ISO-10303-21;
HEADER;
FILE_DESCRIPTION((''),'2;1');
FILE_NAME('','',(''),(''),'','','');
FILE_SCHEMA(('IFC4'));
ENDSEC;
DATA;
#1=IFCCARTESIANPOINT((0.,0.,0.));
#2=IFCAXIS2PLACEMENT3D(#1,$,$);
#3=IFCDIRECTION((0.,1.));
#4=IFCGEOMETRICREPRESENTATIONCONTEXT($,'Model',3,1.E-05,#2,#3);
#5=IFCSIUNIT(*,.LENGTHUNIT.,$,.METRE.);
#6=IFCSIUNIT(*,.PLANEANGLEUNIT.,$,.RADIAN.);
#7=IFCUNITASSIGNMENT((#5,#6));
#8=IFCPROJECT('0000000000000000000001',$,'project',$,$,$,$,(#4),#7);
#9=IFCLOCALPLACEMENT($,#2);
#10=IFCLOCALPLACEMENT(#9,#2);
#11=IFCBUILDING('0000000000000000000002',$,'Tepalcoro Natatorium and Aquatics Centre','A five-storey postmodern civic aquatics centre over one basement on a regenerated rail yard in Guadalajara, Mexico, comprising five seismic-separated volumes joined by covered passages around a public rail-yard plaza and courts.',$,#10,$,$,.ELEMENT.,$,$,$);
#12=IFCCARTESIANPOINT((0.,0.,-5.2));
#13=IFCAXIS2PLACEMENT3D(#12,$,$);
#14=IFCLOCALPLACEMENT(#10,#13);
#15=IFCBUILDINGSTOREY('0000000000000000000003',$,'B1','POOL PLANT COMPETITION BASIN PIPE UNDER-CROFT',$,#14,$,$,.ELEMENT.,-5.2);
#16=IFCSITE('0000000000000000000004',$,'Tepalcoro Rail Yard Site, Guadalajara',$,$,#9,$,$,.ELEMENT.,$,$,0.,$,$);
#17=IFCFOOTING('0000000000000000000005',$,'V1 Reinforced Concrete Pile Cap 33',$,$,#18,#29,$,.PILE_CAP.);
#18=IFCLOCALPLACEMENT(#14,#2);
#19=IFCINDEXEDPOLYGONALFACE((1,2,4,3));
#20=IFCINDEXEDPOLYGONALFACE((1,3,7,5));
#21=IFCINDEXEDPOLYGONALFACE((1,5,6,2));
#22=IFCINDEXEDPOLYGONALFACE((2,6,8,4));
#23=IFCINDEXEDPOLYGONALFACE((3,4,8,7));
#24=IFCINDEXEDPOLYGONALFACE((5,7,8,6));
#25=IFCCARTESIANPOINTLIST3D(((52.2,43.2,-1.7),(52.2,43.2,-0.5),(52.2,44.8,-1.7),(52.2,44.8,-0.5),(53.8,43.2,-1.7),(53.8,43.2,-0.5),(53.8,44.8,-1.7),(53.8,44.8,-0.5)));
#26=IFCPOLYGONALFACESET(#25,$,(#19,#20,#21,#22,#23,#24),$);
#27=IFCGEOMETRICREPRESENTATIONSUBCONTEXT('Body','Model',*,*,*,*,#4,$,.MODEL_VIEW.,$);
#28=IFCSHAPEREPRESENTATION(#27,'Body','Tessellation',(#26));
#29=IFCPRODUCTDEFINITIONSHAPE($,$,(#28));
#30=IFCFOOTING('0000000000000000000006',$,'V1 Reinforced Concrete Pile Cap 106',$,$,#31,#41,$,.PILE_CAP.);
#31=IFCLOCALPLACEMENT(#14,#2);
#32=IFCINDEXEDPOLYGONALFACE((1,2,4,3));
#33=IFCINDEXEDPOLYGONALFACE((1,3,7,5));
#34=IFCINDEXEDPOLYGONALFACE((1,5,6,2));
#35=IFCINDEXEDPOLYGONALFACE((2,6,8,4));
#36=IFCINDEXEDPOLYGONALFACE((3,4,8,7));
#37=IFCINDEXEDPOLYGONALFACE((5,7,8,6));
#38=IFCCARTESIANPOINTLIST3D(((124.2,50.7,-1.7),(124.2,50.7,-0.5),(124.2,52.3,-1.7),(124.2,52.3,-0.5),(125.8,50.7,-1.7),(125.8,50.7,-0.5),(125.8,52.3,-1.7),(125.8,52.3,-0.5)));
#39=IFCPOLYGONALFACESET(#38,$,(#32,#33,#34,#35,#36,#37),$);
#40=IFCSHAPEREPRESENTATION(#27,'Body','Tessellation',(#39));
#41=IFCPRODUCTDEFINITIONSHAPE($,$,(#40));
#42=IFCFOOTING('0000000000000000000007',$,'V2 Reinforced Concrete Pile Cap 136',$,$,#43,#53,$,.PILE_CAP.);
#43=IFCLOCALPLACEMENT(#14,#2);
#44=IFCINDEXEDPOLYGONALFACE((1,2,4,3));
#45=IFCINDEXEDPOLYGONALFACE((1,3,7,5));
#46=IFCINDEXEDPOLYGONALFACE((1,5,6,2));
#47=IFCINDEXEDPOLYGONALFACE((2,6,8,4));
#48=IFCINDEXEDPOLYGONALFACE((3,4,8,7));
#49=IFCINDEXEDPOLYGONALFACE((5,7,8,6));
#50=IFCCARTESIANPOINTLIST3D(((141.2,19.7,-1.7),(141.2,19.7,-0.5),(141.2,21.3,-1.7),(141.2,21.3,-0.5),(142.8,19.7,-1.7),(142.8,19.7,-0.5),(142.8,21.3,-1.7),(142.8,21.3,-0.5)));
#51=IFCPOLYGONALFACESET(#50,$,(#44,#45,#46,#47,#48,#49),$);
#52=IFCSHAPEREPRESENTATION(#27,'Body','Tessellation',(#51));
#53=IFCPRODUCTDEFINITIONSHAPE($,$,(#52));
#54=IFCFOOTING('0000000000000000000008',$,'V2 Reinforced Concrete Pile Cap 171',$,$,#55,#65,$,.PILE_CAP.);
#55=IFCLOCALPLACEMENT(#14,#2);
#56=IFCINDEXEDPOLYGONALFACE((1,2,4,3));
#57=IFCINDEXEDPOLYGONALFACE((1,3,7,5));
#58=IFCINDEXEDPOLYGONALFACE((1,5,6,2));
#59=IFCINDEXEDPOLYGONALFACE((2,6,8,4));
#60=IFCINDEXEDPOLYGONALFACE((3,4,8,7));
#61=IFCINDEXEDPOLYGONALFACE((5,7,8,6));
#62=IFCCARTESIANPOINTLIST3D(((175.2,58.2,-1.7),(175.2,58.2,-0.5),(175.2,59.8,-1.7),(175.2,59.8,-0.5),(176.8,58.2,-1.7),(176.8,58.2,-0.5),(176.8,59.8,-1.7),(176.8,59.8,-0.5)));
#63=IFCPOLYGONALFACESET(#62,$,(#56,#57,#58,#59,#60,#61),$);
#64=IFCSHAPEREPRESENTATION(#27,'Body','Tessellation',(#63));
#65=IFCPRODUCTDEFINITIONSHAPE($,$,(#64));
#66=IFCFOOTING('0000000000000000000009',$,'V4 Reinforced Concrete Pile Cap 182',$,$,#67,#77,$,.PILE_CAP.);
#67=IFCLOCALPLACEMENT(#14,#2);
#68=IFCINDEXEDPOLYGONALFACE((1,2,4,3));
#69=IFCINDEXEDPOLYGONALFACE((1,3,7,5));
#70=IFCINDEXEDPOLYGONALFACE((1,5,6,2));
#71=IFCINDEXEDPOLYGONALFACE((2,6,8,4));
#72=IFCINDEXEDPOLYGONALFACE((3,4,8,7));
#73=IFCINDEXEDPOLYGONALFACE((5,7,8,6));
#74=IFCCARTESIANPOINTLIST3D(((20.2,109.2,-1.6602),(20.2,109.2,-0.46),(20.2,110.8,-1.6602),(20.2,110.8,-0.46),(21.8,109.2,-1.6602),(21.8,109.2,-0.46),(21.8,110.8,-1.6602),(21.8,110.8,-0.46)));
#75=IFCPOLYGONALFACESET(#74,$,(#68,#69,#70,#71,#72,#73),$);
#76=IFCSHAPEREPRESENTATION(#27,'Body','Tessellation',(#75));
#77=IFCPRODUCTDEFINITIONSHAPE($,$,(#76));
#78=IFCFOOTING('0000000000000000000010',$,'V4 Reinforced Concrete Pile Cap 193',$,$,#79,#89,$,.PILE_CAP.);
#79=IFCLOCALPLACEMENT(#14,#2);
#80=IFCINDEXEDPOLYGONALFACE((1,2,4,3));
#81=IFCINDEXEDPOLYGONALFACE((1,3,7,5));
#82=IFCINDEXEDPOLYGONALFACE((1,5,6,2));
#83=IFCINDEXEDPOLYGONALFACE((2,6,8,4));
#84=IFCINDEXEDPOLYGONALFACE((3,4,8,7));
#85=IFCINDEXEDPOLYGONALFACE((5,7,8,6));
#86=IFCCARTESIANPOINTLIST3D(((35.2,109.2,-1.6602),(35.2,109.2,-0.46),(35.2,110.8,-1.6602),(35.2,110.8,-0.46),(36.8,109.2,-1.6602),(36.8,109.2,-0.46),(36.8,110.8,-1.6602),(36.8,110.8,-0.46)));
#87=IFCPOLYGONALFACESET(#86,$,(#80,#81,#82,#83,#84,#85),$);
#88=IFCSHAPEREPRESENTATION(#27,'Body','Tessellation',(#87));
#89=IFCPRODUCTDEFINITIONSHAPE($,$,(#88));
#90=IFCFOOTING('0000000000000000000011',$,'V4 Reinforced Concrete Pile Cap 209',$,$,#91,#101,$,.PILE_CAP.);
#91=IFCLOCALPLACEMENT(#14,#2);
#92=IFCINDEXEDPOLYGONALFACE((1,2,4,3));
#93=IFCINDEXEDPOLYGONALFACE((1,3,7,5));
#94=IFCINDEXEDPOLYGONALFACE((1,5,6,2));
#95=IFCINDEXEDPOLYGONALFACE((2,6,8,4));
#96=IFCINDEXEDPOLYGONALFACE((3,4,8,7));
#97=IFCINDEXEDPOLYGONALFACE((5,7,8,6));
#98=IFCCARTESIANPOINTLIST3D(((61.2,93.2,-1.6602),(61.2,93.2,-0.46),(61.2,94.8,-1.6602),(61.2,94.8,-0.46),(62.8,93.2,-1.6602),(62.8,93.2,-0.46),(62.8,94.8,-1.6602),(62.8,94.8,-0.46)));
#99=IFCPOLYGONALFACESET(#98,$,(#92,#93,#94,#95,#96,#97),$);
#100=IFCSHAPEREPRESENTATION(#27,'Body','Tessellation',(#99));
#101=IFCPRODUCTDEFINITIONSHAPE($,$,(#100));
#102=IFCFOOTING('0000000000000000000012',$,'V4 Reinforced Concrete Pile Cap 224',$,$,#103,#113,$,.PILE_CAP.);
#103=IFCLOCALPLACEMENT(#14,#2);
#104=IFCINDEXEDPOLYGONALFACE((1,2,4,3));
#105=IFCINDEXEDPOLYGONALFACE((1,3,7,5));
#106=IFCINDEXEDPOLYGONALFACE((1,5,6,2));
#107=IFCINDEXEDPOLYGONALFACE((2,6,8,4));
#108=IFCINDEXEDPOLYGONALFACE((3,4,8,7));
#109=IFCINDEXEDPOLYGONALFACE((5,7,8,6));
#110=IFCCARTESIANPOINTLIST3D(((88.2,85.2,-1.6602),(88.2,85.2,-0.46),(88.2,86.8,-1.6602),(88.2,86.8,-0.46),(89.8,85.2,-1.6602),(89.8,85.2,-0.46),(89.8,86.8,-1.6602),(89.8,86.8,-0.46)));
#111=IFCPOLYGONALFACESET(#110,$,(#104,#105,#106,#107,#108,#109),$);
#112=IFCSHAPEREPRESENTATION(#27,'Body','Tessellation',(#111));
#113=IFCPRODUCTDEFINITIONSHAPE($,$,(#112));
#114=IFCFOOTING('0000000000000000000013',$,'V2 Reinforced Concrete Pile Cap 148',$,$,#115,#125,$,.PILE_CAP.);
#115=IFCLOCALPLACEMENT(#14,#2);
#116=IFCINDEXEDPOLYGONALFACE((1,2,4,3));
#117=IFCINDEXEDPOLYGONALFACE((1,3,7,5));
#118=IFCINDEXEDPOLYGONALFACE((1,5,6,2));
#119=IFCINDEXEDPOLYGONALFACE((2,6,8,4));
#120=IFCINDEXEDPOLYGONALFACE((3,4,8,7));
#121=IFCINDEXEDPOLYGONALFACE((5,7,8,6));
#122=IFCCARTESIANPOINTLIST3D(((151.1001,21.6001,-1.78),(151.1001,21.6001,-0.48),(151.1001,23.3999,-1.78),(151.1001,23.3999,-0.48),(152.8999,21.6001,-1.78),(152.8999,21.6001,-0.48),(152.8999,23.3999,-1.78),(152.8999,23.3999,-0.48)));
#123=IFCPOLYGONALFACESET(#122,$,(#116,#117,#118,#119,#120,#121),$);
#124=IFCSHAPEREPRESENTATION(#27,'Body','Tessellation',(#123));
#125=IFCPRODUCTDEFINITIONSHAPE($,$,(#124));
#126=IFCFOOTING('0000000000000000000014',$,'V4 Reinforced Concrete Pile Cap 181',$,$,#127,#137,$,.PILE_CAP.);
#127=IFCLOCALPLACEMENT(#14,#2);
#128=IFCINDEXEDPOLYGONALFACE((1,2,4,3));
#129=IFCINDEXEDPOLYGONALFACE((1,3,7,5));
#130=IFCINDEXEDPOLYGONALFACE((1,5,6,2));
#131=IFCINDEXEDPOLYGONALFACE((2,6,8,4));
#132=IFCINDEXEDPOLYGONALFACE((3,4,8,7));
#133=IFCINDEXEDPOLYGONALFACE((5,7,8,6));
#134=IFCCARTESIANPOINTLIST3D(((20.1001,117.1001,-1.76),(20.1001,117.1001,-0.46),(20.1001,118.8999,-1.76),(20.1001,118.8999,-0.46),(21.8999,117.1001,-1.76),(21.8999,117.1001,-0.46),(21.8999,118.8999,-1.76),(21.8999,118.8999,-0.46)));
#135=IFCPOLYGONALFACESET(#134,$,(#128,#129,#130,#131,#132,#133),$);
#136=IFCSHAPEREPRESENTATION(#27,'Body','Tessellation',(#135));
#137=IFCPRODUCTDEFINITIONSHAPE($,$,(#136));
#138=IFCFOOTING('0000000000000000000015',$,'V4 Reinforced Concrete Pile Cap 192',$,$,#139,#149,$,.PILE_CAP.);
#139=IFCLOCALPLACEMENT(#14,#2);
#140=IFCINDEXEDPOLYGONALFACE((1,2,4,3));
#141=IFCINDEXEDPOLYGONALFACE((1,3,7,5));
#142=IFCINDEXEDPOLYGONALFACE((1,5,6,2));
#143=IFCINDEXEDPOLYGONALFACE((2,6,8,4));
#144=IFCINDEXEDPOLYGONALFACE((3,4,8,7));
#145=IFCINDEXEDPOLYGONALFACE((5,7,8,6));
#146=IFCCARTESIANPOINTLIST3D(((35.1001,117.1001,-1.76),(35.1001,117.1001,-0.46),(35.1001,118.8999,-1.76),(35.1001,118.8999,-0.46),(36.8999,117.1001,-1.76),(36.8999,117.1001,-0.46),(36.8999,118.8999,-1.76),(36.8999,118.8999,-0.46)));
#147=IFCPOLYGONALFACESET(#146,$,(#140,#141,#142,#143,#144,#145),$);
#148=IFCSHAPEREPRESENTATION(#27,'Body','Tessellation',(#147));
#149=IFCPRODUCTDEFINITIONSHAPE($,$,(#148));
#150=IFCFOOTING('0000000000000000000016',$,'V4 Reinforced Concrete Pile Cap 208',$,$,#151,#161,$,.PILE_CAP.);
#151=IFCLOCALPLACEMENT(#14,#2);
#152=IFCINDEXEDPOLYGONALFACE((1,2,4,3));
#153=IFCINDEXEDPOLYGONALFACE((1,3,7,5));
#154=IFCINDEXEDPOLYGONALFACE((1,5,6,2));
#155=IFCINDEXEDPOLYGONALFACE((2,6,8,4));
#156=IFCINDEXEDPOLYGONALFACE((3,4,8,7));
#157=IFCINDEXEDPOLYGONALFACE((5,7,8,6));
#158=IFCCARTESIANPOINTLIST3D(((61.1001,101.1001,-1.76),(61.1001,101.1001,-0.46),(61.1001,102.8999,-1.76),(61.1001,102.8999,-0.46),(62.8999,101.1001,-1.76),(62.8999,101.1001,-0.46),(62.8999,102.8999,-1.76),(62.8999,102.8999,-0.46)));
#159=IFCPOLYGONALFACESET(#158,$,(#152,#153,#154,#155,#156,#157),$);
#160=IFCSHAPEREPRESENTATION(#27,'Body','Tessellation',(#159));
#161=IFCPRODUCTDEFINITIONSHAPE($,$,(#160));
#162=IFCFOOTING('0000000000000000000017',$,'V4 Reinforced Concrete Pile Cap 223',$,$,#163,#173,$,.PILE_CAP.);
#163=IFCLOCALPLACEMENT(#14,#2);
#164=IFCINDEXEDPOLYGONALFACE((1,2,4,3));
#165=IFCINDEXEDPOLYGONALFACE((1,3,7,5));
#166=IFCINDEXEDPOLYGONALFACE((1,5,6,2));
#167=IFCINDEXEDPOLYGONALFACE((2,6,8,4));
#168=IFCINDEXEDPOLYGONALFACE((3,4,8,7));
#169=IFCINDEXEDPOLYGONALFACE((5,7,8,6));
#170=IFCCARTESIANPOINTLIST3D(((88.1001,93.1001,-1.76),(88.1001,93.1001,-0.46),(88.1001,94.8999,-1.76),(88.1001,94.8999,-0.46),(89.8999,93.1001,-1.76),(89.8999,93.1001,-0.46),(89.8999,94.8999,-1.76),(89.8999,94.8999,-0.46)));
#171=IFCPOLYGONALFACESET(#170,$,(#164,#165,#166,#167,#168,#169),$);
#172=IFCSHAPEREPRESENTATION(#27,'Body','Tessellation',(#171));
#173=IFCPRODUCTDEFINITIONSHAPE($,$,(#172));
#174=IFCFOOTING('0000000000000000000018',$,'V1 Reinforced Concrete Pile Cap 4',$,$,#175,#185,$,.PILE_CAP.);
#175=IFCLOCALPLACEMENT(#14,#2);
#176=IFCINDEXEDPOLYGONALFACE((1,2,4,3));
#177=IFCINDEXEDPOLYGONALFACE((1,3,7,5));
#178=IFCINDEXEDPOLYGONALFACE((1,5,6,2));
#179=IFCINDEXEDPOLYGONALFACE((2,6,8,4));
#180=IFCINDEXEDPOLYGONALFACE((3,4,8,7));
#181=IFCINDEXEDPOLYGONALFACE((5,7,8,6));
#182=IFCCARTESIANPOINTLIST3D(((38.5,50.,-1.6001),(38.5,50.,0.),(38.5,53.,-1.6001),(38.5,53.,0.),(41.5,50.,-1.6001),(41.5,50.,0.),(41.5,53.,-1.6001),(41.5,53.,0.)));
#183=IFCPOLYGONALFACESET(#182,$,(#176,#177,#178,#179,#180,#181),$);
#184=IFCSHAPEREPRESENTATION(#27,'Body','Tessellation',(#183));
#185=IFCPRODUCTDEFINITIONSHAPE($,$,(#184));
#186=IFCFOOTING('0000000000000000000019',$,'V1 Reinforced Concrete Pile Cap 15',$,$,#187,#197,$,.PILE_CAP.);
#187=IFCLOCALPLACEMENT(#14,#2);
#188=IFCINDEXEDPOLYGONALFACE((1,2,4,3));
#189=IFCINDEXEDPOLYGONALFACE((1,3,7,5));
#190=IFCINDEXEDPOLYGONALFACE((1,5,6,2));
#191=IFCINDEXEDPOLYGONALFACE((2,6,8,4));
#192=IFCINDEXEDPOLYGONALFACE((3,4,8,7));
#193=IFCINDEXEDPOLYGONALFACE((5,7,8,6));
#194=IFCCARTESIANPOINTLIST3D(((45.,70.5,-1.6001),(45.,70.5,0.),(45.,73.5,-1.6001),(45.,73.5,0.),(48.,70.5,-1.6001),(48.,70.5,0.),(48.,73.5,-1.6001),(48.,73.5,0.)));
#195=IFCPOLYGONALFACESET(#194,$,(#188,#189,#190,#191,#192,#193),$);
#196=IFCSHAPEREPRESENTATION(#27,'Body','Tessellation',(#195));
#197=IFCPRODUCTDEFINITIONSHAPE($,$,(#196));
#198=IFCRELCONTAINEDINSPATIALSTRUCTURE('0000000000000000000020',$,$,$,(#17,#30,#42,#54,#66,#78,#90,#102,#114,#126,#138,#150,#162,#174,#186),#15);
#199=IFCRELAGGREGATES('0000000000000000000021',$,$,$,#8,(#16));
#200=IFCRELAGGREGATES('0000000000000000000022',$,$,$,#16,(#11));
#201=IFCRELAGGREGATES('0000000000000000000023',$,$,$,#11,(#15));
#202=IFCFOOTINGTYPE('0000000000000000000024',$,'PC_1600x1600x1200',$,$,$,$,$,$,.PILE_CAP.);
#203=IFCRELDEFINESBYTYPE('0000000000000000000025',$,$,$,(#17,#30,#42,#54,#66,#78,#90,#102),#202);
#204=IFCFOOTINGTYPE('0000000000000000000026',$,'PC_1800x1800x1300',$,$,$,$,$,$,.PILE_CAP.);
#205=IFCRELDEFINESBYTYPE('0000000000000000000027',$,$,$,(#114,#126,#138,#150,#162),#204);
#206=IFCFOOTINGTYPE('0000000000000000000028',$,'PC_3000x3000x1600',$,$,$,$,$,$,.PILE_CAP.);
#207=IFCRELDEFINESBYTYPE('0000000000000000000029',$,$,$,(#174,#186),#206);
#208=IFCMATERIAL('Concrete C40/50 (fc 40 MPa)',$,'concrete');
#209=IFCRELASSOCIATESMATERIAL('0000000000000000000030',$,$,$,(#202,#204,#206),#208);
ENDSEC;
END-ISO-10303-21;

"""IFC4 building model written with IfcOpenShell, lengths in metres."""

from ifc_helpers import new_model, si_unit, direction, frame, origin, place, context, subcontext, project, spatial, polyline, outline, extrude, material, type_object, element, save


model = new_model("IFC4")

# Units and contexts
model_context = context("Model", 3, precision=1e-05, world=origin(), true_north=direction((0.0, 1.0)))
body_context = subcontext(model_context, "Body", "Model", "MODEL_VIEW")
ifc_project = project(units=[si_unit("LENGTHUNIT", "METRE"), si_unit("PLANEANGLEUNIT", "RADIAN")], contexts=[model_context])

# Site, building, storey
site_placement = place(None, origin())
site = spatial("IfcSite", under=ifc_project, at=site_placement, Name="Tepalcoro Rail Yard Site, Guadalajara", CompositionType="ELEMENT", RefElevation=0.0)
building_placement = place(site_placement, origin())
building = spatial("IfcBuilding", under=site, at=building_placement, Name="Tepalcoro Natatorium and Aquatics Centre", Description="A five-storey postmodern civic aquatics centre over one basement on a regenerated rail yard in Guadalajara, Mexico, comprising five seismic-separated volumes joined by covered passages around a public rail-yard plaza and courts.", CompositionType="ELEMENT")
storey_placement = place(building_placement, frame((0.0, 0.0, -5.2)))
storey = spatial("IfcBuildingStorey", under=building, at=storey_placement, Name="B1", Description="POOL PLANT COMPETITION BASIN PIPE UNDER-CROFT", CompositionType="ELEMENT", Elevation=-5.2)

# Footings
ifc_material = material(Name="Concrete C40/50 (fc 40 MPa)", Category="concrete")
footing_type_1 = type_object("IfcFootingType", Name="PC_1600x1600x1200", PredefinedType="PILE_CAP", material=ifc_material)
footing_1_placement = place(storey_placement, frame((0.0, 0.0, -1.7)))
element("IfcFooting", 1, at=footing_1_placement, inside=storey, type_object=footing_type_1, Name="V1 Reinforced Concrete Pile Cap 33", PredefinedType="PILE_CAP", context=body_context, shape_type="SweptSolid", body=[
    extrude(outline(polyline([(52.2, 43.2), (53.8, 43.2), (53.8, 44.8), (52.2, 44.8), (52.2, 43.2)])), origin(), (0.0, 0.0, 1.0), 1.2),
])
footing_2_placement = place(storey_placement, frame((0.0, 0.0, -1.7)))
element("IfcFooting", 2, at=footing_2_placement, inside=storey, type_object=footing_type_1, Name="V1 Reinforced Concrete Pile Cap 106", PredefinedType="PILE_CAP", context=body_context, shape_type="SweptSolid", body=[
    extrude(outline(polyline([(124.2, 50.7), (125.8, 50.7), (125.8, 52.3), (124.2, 52.3), (124.2, 50.7)])), origin(), (0.0, 0.0, 1.0), 1.2),
])
footing_3_placement = place(storey_placement, frame((0.0, 0.0, -1.7)))
element("IfcFooting", 3, at=footing_3_placement, inside=storey, type_object=footing_type_1, Name="V2 Reinforced Concrete Pile Cap 136", PredefinedType="PILE_CAP", context=body_context, shape_type="SweptSolid", body=[
    extrude(outline(polyline([(141.2, 19.7), (142.8, 19.7), (142.8, 21.3), (141.2, 21.3), (141.2, 19.7)])), origin(), (0.0, 0.0, 1.0), 1.2),
])
footing_4_placement = place(storey_placement, frame((0.0, 0.0, -1.7)))
element("IfcFooting", 4, at=footing_4_placement, inside=storey, type_object=footing_type_1, Name="V2 Reinforced Concrete Pile Cap 171", PredefinedType="PILE_CAP", context=body_context, shape_type="SweptSolid", body=[
    extrude(outline(polyline([(175.2, 58.2), (176.8, 58.2), (176.8, 59.8), (175.2, 59.8), (175.2, 58.2)])), origin(), (0.0, 0.0, 1.0), 1.2),
])
footing_5_placement = place(storey_placement, frame((0.0, 0.0, -1.6602)))
element("IfcFooting", 5, at=footing_5_placement, inside=storey, type_object=footing_type_1, Name="V4 Reinforced Concrete Pile Cap 182", PredefinedType="PILE_CAP", context=body_context, shape_type="SweptSolid", body=[
    extrude(outline(polyline([(20.2, 109.2), (21.8, 109.2), (21.8, 110.8), (20.2, 110.8), (20.2, 109.2)])), origin(), (0.0, 0.0, 1.0), 1.2002),
])
footing_6_placement = place(storey_placement, frame((0.0, 0.0, -1.6602)))
element("IfcFooting", 6, at=footing_6_placement, inside=storey, type_object=footing_type_1, Name="V4 Reinforced Concrete Pile Cap 193", PredefinedType="PILE_CAP", context=body_context, shape_type="SweptSolid", body=[
    extrude(outline(polyline([(35.2, 109.2), (36.8, 109.2), (36.8, 110.8), (35.2, 110.8), (35.2, 109.2)])), origin(), (0.0, 0.0, 1.0), 1.2002),
])
footing_7_placement = place(storey_placement, frame((0.0, 0.0, -1.6602)))
element("IfcFooting", 7, at=footing_7_placement, inside=storey, type_object=footing_type_1, Name="V4 Reinforced Concrete Pile Cap 209", PredefinedType="PILE_CAP", context=body_context, shape_type="SweptSolid", body=[
    extrude(outline(polyline([(61.2, 93.2), (62.8, 93.2), (62.8, 94.8), (61.2, 94.8), (61.2, 93.2)])), origin(), (0.0, 0.0, 1.0), 1.2002),
])
footing_8_placement = place(storey_placement, frame((0.0, 0.0, -1.6602)))
element("IfcFooting", 8, at=footing_8_placement, inside=storey, type_object=footing_type_1, Name="V4 Reinforced Concrete Pile Cap 224", PredefinedType="PILE_CAP", context=body_context, shape_type="SweptSolid", body=[
    extrude(outline(polyline([(88.2, 85.2), (89.8, 85.2), (89.8, 86.8), (88.2, 86.8), (88.2, 85.2)])), origin(), (0.0, 0.0, 1.0), 1.2002),
])
footing_type_2 = type_object("IfcFootingType", Name="PC_1800x1800x1300", PredefinedType="PILE_CAP", material=ifc_material)
footing_9_placement = place(storey_placement, frame((0.0, 0.0, -1.78)))
element("IfcFooting", 9, at=footing_9_placement, inside=storey, type_object=footing_type_2, Name="V2 Reinforced Concrete Pile Cap 148", PredefinedType="PILE_CAP", context=body_context, shape_type="SweptSolid", body=[
    extrude(outline(polyline([(151.1001, 21.6001), (152.8999, 21.6001), (152.8999, 23.3999), (151.1001, 23.3999), (151.1001, 21.6001)])), origin(), (0.0, 0.0, 1.0), 1.3),
])
footing_10_placement = place(storey_placement, frame((0.0, 0.0, -1.76)))
element("IfcFooting", 10, at=footing_10_placement, inside=storey, type_object=footing_type_2, Name="V4 Reinforced Concrete Pile Cap 181", PredefinedType="PILE_CAP", context=body_context, shape_type="SweptSolid", body=[
    extrude(outline(polyline([(20.1001, 117.1001), (21.8999, 117.1001), (21.8999, 118.8999), (20.1001, 118.8999), (20.1001, 117.1001)])), origin(), (0.0, 0.0, 1.0), 1.3),
])
footing_11_placement = place(storey_placement, frame((0.0, 0.0, -1.76)))
element("IfcFooting", 11, at=footing_11_placement, inside=storey, type_object=footing_type_2, Name="V4 Reinforced Concrete Pile Cap 192", PredefinedType="PILE_CAP", context=body_context, shape_type="SweptSolid", body=[
    extrude(outline(polyline([(35.1001, 117.1001), (36.8999, 117.1001), (36.8999, 118.8999), (35.1001, 118.8999), (35.1001, 117.1001)])), origin(), (0.0, 0.0, 1.0), 1.3),
])
footing_12_placement = place(storey_placement, frame((0.0, 0.0, -1.76)))
element("IfcFooting", 12, at=footing_12_placement, inside=storey, type_object=footing_type_2, Name="V4 Reinforced Concrete Pile Cap 208", PredefinedType="PILE_CAP", context=body_context, shape_type="SweptSolid", body=[
    extrude(outline(polyline([(61.1001, 101.1001), (62.8999, 101.1001), (62.8999, 102.8999), (61.1001, 102.8999), (61.1001, 101.1001)])), origin(), (0.0, 0.0, 1.0), 1.3),
])
footing_13_placement = place(storey_placement, frame((0.0, 0.0, -1.76)))
element("IfcFooting", 13, at=footing_13_placement, inside=storey, type_object=footing_type_2, Name="V4 Reinforced Concrete Pile Cap 223", PredefinedType="PILE_CAP", context=body_context, shape_type="SweptSolid", body=[
    extrude(outline(polyline([(88.1001, 93.1001), (89.8999, 93.1001), (89.8999, 94.8999), (88.1001, 94.8999), (88.1001, 93.1001)])), origin(), (0.0, 0.0, 1.0), 1.3),
])
footing_type_3 = type_object("IfcFootingType", Name="PC_3000x3000x1600", PredefinedType="PILE_CAP", material=ifc_material)
footing_14_placement = place(storey_placement, frame((0.0, 0.0, -1.6001)))
element("IfcFooting", 14, at=footing_14_placement, inside=storey, type_object=footing_type_3, Name="V1 Reinforced Concrete Pile Cap 4", PredefinedType="PILE_CAP", context=body_context, shape_type="SweptSolid", body=[
    extrude(outline(polyline([(38.5, 50.0), (41.5, 50.0), (41.5, 53.0), (38.5, 53.0), (38.5, 50.0)])), origin(), (0.0, 0.0, 1.0), 1.6001),
])
footing_15_placement = place(storey_placement, frame((0.0, 0.0, -1.6001)))
element("IfcFooting", 15, at=footing_15_placement, inside=storey, type_object=footing_type_3, Name="V1 Reinforced Concrete Pile Cap 15", PredefinedType="PILE_CAP", context=body_context, shape_type="SweptSolid", body=[
    extrude(outline(polyline([(45.0, 70.5), (48.0, 70.5), (48.0, 73.5), (45.0, 73.5), (45.0, 70.5)])), origin(), (0.0, 0.0, 1.0), 1.6001),
])

save(model, "model.ifc")
